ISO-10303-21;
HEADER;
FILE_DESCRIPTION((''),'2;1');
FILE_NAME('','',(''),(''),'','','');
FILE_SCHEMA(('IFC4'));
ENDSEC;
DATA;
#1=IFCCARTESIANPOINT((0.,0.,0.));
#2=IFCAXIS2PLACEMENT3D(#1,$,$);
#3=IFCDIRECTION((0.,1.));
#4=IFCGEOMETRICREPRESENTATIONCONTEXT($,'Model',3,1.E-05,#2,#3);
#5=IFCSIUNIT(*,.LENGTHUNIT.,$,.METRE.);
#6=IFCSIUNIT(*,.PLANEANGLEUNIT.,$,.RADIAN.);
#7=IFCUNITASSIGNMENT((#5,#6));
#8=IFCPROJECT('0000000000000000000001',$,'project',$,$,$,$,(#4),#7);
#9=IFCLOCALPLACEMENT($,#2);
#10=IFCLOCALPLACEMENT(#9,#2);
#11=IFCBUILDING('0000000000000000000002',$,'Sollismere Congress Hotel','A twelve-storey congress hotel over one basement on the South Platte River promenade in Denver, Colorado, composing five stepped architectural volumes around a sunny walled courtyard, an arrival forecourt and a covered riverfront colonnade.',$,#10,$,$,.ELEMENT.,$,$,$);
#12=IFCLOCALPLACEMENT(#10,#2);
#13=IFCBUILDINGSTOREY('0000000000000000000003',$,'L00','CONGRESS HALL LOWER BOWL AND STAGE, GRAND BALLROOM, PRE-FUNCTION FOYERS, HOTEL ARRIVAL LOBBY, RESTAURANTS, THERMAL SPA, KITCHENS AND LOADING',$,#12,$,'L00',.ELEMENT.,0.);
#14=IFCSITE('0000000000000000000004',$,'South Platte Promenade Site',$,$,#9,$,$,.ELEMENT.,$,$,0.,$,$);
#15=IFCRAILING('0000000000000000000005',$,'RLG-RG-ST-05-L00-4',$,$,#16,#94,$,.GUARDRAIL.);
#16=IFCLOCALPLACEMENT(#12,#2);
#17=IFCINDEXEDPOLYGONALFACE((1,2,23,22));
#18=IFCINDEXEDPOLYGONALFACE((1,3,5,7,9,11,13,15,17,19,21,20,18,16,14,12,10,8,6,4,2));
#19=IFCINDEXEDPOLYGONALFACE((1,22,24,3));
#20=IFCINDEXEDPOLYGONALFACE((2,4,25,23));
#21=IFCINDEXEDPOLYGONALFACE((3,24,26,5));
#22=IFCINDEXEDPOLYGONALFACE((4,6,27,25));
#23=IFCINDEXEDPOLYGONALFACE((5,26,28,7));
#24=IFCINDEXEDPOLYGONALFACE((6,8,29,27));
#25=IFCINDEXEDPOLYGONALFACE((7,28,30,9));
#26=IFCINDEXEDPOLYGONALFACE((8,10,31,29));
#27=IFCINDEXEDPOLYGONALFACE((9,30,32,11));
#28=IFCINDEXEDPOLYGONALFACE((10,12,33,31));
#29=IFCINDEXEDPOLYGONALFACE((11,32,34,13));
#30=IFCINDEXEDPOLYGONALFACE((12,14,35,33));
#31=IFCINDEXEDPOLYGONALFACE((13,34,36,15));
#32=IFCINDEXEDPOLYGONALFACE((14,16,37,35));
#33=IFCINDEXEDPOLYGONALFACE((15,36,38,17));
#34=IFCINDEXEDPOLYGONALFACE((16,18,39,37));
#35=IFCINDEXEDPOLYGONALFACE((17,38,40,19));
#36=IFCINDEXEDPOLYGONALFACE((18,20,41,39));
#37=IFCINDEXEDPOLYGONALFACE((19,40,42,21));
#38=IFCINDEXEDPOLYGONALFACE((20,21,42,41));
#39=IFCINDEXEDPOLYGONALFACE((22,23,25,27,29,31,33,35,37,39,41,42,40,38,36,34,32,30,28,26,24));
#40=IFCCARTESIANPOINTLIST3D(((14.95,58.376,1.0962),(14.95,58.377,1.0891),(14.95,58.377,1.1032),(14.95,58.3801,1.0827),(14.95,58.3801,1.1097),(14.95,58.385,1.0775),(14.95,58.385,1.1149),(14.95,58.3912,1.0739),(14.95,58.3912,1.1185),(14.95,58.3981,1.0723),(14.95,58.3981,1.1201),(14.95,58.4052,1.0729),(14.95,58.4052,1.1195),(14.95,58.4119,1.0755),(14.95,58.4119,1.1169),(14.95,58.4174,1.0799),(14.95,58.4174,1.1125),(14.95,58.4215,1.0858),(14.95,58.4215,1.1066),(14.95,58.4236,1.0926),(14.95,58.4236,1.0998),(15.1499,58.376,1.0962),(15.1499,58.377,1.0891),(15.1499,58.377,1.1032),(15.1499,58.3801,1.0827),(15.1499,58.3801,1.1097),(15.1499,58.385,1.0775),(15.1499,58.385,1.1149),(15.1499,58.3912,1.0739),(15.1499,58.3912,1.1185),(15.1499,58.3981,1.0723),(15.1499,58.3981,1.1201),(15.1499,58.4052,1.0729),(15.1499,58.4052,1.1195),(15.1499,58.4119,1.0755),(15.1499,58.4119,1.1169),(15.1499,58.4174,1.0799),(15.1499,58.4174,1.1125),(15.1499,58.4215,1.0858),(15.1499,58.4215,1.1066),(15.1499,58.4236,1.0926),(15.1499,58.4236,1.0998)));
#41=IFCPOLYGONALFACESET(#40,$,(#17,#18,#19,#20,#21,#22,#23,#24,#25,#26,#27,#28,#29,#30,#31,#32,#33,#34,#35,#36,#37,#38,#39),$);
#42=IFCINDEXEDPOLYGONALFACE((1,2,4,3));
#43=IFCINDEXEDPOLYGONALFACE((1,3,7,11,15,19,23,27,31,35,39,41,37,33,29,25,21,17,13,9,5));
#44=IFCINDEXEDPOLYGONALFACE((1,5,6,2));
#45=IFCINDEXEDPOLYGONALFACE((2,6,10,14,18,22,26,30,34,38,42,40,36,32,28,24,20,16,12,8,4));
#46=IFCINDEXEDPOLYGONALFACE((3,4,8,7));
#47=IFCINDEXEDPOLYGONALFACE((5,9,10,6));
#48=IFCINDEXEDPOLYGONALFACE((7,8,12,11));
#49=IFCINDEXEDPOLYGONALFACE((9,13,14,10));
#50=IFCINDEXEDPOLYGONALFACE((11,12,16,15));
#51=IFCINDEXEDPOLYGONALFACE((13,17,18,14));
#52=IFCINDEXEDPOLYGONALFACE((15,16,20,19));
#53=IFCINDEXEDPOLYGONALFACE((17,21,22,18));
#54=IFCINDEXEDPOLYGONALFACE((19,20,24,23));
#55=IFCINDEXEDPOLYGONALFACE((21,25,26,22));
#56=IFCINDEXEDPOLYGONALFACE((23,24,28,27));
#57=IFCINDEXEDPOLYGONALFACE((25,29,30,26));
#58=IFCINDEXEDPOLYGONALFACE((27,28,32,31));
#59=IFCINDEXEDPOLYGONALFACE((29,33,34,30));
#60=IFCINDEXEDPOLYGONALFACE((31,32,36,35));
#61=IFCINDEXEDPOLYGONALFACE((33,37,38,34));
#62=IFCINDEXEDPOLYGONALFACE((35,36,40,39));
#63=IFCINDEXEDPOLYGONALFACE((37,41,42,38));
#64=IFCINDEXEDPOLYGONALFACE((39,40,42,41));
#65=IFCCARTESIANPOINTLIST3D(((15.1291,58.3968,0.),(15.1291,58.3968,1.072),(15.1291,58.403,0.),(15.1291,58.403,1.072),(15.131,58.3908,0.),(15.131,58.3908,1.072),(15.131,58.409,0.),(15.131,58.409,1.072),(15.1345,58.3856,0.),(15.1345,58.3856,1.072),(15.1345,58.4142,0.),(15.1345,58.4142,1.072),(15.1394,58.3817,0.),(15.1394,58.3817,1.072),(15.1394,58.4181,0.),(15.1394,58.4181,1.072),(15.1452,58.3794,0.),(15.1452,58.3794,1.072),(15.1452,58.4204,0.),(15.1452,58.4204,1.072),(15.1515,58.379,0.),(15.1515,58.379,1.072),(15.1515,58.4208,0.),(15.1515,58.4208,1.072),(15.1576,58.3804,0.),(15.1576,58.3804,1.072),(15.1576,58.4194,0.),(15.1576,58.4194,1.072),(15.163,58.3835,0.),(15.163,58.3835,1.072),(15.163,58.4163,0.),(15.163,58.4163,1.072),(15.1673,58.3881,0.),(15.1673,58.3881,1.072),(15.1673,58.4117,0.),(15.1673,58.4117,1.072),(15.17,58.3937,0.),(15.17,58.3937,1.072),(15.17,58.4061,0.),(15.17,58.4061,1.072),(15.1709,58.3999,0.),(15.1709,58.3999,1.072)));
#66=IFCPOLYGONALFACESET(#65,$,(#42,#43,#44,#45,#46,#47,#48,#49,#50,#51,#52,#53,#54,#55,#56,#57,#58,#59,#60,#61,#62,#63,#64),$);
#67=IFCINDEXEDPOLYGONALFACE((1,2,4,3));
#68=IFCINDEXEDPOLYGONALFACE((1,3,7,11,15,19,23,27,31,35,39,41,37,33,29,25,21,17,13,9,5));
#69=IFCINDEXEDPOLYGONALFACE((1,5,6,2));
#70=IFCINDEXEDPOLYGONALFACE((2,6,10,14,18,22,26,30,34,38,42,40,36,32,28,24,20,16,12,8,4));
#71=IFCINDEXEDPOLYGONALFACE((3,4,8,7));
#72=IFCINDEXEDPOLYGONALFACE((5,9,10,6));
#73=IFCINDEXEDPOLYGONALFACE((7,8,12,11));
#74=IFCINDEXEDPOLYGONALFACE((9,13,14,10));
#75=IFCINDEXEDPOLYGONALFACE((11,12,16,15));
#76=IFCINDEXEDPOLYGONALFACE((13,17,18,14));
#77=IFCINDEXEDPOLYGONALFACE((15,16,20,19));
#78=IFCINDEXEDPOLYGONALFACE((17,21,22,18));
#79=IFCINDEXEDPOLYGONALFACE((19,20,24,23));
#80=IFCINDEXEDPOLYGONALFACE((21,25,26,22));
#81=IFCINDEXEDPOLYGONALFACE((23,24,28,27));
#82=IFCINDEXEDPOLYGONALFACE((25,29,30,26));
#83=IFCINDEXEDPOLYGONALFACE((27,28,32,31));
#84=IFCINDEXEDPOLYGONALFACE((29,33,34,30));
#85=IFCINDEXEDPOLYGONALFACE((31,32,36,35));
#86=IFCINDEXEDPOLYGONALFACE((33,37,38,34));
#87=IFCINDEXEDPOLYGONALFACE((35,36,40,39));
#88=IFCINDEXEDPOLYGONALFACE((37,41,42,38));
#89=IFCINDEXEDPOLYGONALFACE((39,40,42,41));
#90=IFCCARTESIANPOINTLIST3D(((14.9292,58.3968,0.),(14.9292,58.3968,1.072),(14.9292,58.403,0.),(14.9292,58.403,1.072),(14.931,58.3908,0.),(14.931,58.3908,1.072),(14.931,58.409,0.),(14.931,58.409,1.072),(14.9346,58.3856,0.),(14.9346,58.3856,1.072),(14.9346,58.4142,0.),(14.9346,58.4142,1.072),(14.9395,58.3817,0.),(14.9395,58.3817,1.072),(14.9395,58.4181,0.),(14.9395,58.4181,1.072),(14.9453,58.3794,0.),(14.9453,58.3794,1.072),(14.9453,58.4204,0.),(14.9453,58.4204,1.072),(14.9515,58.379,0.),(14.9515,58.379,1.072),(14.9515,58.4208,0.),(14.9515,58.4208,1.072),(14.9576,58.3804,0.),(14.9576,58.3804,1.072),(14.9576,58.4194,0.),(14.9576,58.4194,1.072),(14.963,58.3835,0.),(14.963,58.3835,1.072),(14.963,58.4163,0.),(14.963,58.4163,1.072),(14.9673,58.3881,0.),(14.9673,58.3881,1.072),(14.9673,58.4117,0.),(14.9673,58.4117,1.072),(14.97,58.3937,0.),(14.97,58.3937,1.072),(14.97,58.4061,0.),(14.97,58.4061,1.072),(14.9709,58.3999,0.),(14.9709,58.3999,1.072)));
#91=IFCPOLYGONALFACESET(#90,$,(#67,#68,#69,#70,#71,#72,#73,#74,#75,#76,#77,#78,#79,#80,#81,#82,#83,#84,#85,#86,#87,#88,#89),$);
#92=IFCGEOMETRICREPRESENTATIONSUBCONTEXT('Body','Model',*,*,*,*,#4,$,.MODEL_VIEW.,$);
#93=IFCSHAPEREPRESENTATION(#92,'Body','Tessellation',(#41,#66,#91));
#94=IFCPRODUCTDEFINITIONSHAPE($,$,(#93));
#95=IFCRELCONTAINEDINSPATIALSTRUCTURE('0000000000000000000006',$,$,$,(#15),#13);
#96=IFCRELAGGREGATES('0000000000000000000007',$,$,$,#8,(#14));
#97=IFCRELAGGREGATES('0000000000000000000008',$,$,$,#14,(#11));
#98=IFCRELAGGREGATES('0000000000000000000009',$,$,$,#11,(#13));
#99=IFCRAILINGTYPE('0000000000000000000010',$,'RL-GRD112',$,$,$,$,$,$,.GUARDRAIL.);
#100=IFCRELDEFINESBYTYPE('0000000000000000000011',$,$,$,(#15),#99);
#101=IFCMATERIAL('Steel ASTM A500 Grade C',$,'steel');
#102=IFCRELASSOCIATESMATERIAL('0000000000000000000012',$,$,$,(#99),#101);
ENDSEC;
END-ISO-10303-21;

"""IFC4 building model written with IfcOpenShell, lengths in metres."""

from ifc_helpers import new_model, si_unit, direction, frame, origin, origin_2d, place, context, subcontext, project, spatial, circle, extrude, material, type_object, element, save


model = new_model("IFC4")

# Units and contexts
model_context = context("Model", 3, precision=1e-05, world=origin(), true_north=direction((0.0, 1.0)))
body_context = subcontext(model_context, "Body", "Model", "MODEL_VIEW")
ifc_project = project(units=[si_unit("LENGTHUNIT", "METRE"), si_unit("PLANEANGLEUNIT", "RADIAN")], contexts=[model_context])

# Site, building, storey
site_placement = place(None, origin())
site = spatial("IfcSite", under=ifc_project, at=site_placement, Name="South Platte Promenade Site", CompositionType="ELEMENT", RefElevation=0.0)
building_placement = place(site_placement, origin())
building = spatial("IfcBuilding", under=site, at=building_placement, Name="Sollismere Congress Hotel", Description="A twelve-storey congress hotel over one basement on the South Platte River promenade in Denver, Colorado, composing five stepped architectural volumes around a sunny walled courtyard, an arrival forecourt and a covered riverfront colonnade.", CompositionType="ELEMENT")
storey_placement = place(building_placement, origin())
storey = spatial("IfcBuildingStorey", under=building, at=storey_placement, Name="L00", Description="CONGRESS HALL LOWER BOWL AND STAGE, GRAND BALLROOM, PRE-FUNCTION FOYERS, HOTEL ARRIVAL LOBBY, RESTAURANTS, THERMAL SPA, KITCHENS AND LOADING", LongName="L00", CompositionType="ELEMENT", Elevation=0.0)

# Shared definitions
ifc_material_1 = material(Name="Steel ASTM A500 Grade C", Category="steel")

# Railing
railing_type_1 = type_object("IfcRailingType", Name="RL-GRD112", PredefinedType="GUARDRAIL", material=ifc_material_1)
railing_1_placement = place(storey_placement, frame((15.1499, 58.3999, 0.0)))
element("IfcRailing", 1, at=railing_1_placement, inside=storey, type_object=railing_type_1, Name="RLG-RG-ST-05-L00-4", PredefinedType="GUARDRAIL", context=body_context, shape_type="SweptSolid", body=[
    extrude(circle(Radius=0.0239, at=origin_2d()), frame((0.0, 0.0, 1.0962), z_axis=(-1.0, 0.0, 0.0), x_axis=(0.0, -1.0, 0.0)), (0.0, 0.0, 1.0), 0.2),
    extrude(circle(Radius=0.021, at=origin_2d()), origin(), (0.0, 0.0, 1.0), 1.072),
    extrude(circle(Radius=0.021, at=origin_2d()), frame((-0.2, 0.0, 0.0)), (0.0, 0.0, 1.0), 1.072),
])

save(model, "model.ifc")
